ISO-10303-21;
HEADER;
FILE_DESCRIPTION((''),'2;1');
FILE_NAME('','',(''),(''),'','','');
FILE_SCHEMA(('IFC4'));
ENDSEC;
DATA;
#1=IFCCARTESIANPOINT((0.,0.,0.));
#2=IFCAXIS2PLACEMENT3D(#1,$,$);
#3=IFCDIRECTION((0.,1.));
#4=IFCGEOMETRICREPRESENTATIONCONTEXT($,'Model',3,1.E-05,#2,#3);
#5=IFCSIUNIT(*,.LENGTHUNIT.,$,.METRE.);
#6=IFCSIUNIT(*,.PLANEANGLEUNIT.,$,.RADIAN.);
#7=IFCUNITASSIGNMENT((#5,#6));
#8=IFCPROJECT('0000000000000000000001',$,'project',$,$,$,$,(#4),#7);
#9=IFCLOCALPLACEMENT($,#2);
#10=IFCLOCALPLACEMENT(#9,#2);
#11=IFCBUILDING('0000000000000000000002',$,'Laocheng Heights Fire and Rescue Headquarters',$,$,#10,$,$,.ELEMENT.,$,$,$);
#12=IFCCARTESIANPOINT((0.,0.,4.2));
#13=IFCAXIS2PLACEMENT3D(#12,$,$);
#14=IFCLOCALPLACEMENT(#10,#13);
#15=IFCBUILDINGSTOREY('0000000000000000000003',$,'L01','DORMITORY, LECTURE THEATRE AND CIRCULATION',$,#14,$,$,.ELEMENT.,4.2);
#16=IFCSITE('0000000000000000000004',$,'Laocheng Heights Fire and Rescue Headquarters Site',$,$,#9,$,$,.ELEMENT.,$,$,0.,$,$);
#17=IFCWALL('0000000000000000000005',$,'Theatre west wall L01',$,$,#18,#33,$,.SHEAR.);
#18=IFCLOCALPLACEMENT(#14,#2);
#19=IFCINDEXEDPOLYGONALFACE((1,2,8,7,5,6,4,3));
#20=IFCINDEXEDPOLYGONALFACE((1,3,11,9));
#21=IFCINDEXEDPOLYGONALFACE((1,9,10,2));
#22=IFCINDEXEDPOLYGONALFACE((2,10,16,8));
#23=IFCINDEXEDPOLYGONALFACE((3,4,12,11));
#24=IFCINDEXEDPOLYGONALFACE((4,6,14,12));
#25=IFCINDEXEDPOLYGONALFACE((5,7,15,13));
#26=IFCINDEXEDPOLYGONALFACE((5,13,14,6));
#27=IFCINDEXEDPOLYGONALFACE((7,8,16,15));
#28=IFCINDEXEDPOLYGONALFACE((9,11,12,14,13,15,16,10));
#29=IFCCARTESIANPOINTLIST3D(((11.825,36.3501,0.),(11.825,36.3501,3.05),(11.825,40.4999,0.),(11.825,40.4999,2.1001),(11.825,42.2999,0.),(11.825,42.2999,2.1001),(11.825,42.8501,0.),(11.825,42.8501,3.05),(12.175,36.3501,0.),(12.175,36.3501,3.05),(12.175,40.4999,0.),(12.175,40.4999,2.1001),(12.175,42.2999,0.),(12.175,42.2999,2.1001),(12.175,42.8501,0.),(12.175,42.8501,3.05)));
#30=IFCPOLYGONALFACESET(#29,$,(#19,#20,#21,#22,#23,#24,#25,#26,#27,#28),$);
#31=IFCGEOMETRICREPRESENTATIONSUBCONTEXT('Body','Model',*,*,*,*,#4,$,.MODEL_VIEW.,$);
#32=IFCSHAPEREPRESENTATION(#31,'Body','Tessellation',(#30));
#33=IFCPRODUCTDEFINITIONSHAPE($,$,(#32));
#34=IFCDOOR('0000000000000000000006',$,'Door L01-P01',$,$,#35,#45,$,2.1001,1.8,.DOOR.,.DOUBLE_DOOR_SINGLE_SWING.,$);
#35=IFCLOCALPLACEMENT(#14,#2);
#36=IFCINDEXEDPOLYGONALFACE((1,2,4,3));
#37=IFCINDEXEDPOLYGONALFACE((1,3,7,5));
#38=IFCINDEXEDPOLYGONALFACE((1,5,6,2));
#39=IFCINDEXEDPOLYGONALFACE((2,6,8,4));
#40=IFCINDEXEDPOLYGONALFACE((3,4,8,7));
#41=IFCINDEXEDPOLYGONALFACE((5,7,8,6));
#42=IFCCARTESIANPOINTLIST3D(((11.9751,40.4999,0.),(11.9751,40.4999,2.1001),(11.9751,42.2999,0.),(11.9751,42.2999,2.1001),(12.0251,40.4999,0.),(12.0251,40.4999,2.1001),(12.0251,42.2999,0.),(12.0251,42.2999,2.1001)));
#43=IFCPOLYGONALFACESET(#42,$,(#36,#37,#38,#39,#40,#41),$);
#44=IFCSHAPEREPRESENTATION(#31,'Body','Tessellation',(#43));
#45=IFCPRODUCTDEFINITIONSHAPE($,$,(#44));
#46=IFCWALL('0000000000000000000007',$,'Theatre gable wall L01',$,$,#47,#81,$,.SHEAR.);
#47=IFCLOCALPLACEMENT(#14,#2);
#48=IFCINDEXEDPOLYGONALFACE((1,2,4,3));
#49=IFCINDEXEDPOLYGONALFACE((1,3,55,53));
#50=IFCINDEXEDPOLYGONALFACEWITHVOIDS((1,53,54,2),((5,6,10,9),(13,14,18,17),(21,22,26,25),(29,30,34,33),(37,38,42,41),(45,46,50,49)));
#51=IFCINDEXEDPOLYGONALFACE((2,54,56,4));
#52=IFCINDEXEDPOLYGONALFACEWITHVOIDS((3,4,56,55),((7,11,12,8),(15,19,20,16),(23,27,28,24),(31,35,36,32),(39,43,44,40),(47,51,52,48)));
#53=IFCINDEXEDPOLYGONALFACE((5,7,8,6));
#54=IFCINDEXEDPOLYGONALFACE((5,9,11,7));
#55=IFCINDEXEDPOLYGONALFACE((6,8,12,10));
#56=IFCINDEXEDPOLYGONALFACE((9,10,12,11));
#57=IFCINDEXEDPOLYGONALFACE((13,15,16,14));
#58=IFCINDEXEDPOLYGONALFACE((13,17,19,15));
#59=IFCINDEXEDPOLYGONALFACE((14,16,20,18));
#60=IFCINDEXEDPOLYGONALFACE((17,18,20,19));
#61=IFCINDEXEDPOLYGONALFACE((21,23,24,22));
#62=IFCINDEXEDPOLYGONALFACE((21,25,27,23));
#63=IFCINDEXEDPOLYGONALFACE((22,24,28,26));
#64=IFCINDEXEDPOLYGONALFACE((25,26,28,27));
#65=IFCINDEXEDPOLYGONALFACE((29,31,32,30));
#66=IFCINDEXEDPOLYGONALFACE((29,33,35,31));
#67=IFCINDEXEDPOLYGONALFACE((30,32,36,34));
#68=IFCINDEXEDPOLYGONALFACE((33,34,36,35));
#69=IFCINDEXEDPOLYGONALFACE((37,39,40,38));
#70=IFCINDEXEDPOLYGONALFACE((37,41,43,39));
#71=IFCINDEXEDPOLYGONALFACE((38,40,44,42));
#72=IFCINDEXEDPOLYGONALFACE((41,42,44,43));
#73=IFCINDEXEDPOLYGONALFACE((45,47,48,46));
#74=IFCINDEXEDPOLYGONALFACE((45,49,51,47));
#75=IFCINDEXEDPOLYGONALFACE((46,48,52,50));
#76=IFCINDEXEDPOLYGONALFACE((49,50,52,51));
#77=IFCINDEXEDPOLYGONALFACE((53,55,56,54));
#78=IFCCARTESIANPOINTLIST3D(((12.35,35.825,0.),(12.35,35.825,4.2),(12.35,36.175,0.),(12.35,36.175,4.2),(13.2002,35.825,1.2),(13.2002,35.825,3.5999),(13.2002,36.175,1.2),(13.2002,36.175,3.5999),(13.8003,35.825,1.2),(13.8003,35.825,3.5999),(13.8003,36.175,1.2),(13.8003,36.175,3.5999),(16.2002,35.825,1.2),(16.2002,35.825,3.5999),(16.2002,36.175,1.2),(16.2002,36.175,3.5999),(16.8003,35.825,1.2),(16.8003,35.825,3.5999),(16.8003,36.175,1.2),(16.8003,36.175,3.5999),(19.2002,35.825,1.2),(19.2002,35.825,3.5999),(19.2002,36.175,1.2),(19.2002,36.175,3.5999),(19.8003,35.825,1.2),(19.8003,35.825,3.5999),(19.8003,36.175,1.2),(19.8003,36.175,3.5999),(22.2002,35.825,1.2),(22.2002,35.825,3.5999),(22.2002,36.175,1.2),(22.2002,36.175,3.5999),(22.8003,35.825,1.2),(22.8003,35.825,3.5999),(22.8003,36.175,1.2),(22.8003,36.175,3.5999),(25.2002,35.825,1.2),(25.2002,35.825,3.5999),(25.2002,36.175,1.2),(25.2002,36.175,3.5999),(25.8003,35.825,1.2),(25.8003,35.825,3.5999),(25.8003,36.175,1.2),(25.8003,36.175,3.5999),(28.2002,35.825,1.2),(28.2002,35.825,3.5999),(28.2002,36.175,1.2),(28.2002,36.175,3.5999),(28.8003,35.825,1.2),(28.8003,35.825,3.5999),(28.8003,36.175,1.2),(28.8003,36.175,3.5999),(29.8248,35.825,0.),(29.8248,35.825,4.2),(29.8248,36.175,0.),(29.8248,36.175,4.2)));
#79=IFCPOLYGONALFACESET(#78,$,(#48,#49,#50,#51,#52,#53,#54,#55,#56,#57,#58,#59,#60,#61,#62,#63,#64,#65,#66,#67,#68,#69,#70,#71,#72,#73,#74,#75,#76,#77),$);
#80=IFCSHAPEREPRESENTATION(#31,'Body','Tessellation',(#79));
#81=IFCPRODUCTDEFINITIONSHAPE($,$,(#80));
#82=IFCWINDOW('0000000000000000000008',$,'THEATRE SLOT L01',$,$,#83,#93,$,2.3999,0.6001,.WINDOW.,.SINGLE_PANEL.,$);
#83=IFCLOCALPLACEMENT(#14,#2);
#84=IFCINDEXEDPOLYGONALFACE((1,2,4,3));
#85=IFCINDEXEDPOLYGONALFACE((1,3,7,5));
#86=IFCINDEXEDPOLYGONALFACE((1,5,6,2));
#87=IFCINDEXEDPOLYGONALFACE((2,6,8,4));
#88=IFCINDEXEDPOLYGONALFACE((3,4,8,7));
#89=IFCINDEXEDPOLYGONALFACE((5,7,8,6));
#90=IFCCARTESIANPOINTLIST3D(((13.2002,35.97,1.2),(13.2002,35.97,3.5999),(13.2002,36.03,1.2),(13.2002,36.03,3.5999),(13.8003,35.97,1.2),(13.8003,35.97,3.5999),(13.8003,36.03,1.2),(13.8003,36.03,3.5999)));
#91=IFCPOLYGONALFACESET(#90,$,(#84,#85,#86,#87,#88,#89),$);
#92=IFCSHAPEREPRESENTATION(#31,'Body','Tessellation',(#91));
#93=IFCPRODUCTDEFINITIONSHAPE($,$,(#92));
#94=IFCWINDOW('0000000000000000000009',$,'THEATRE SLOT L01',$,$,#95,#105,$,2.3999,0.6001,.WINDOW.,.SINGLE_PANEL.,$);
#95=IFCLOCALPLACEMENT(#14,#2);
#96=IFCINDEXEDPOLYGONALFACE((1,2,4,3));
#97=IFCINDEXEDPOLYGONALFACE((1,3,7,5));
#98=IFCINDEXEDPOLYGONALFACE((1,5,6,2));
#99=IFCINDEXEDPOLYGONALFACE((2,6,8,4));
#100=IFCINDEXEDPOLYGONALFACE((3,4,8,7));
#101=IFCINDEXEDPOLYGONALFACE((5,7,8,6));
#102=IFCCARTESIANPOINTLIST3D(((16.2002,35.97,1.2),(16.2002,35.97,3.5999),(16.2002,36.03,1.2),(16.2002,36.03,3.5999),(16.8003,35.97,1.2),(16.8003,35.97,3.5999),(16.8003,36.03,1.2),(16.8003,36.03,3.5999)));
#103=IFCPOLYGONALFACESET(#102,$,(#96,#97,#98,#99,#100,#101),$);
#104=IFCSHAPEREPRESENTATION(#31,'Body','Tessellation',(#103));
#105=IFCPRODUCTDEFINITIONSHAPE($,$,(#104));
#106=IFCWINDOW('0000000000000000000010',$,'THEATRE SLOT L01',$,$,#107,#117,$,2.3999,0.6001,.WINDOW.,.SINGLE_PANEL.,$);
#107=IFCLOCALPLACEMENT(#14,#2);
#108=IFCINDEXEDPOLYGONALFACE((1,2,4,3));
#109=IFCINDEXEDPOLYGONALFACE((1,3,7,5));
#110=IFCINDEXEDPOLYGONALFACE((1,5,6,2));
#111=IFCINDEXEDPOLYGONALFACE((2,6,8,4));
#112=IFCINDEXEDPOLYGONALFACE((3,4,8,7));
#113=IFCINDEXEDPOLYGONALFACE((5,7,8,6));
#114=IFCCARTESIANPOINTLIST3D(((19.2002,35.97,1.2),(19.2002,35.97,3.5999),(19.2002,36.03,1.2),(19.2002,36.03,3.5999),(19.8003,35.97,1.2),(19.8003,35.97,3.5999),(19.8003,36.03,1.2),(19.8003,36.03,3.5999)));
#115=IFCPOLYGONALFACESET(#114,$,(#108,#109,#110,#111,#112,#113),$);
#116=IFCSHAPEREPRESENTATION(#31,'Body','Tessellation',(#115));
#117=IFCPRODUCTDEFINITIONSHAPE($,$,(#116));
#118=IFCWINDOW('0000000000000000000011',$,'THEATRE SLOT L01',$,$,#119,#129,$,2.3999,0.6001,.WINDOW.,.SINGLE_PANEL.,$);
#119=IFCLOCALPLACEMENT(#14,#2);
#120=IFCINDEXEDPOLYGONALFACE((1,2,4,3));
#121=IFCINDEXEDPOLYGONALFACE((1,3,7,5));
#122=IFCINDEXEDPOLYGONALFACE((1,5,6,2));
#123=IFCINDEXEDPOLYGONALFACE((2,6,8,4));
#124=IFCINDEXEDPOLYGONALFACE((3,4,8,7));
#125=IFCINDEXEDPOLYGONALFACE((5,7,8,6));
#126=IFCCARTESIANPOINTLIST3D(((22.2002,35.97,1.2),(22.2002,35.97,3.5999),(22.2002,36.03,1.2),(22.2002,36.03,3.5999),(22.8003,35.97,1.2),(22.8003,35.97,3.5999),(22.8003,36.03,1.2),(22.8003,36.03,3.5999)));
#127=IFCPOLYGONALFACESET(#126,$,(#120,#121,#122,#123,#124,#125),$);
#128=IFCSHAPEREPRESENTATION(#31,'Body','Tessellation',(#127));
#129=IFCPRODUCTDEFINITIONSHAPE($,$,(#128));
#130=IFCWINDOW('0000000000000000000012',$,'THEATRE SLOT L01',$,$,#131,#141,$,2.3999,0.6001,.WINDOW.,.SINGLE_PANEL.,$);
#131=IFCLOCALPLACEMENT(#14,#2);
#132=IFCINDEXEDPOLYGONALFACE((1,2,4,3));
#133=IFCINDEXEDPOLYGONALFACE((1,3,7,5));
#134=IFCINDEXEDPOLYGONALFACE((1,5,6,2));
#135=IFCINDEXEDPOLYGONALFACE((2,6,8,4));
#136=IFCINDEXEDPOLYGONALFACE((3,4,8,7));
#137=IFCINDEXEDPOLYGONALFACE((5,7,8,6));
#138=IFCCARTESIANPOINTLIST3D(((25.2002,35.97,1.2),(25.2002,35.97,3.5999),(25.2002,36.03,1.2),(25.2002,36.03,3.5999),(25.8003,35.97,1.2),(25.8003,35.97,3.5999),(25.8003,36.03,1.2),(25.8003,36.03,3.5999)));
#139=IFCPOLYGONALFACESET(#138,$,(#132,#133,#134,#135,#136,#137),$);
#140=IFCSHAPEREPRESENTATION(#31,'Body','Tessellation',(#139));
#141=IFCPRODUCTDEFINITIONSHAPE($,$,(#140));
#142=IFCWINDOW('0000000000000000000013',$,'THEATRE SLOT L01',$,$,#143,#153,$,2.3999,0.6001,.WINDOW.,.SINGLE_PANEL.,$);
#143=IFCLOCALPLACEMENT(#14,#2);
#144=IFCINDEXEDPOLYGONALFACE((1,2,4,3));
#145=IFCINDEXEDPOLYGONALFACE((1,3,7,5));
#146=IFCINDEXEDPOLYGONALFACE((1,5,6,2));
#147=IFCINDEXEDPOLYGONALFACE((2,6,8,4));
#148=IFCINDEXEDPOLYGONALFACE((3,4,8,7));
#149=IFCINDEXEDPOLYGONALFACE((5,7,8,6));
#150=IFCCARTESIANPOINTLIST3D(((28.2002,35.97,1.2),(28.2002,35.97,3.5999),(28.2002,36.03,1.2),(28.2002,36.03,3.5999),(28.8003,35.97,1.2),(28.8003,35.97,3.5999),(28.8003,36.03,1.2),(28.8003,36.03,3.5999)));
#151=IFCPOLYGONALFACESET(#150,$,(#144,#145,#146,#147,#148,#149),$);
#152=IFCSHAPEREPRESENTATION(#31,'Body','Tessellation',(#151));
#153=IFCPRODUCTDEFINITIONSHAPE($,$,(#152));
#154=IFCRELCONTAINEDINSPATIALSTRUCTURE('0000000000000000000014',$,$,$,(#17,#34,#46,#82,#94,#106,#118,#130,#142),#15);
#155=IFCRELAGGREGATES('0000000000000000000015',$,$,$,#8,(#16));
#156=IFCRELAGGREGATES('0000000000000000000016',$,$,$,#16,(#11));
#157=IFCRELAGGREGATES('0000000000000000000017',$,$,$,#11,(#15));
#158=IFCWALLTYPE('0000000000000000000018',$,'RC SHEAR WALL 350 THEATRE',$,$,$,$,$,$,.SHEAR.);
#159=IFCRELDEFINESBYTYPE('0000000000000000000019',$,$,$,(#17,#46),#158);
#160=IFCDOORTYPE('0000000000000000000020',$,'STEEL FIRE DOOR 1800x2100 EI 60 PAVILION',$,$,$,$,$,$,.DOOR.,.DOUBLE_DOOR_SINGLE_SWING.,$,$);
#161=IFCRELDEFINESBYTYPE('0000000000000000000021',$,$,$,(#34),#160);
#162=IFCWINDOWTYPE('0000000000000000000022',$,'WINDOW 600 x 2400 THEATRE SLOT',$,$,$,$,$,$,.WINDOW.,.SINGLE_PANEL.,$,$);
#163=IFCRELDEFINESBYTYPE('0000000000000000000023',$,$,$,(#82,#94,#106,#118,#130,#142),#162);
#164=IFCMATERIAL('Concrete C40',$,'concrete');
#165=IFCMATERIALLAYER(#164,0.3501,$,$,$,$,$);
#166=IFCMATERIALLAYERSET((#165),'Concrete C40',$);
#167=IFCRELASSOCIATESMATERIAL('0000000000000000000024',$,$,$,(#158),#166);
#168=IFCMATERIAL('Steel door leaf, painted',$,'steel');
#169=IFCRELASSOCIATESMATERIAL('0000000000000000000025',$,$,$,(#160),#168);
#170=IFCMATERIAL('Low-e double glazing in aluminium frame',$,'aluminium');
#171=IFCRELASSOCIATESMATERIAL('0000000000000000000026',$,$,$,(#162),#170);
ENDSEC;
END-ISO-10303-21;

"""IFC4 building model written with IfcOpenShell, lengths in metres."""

from ifc_helpers import new_model, si_unit, direction, frame, frame_2d, origin, place, context, subcontext, project, spatial, rectangle, extrude, material, layer, layer_set, type_object, element, fill, save


model = new_model("IFC4")

# Units and contexts
model_context = context("Model", 3, precision=1e-05, world=origin(), true_north=direction((0.0, 1.0)))
body_context = subcontext(model_context, "Body", "Model", "MODEL_VIEW")
ifc_project = project(units=[si_unit("LENGTHUNIT", "METRE"), si_unit("PLANEANGLEUNIT", "RADIAN")], contexts=[model_context])

# Site, building, storey
site_placement = place(None, origin())
site = spatial("IfcSite", under=ifc_project, at=site_placement, Name="Laocheng Heights Fire and Rescue Headquarters Site", CompositionType="ELEMENT", RefElevation=0.0)
building_placement = place(site_placement, origin())
building = spatial("IfcBuilding", under=site, at=building_placement, Name="Laocheng Heights Fire and Rescue Headquarters", CompositionType="ELEMENT")
storey_placement = place(building_placement, frame((0.0, 0.0, 4.2)))
storey = spatial("IfcBuildingStorey", under=building, at=storey_placement, Name="L01", Description="DORMITORY, LECTURE THEATRE AND CIRCULATION", CompositionType="ELEMENT", Elevation=4.2)

# Wall, opening, door
ifc_material_1 = material(Name="Concrete C40", Category="concrete")
ifc_layer_1 = layer(ifc_material_1, 0.3501)
ifc_layer_set_1 = layer_set([ifc_layer_1], Name="Concrete C40")
wall_type_1 = type_object("IfcWallType", Name="RC SHEAR WALL 350 THEATRE", PredefinedType="SHEAR", material=ifc_layer_set_1)
wall_1_placement = place(storey_placement, frame((12.0, 36.3501, 0.0), z_axis=(0.0, 0.0, 1.0), x_axis=(0.0, 1.0, 0.0)))
wall_1 = element("IfcWall", 1, at=wall_1_placement, inside=storey, type_object=wall_type_1, Name="Theatre west wall L01", PredefinedType="SHEAR", context=body_context, shape_type="SweptSolid", body=[
    extrude(rectangle(XDim=6.5, YDim=0.3501, at=frame_2d((3.25, 0.0))), origin(), (0.0, 0.0, 1.0), 3.05),
])
opening_1_placement = place(wall_1_placement, frame((4.1499, 0.0, 0.0)))
opening_1 = element("IfcOpeningElement", 2, at=opening_1_placement, cuts=wall_1, PredefinedType="OPENING", context=body_context, shape_type="SweptSolid", body=[
    extrude(rectangle(XDim=1.8, YDim=2.1001, at=frame_2d((0.8999, 1.05))), frame((0.0, 0.1851, 0.0), z_axis=(0.0, -1.0, 0.0), x_axis=(1.0, 0.0, 0.0)), (0.0, 0.0, 1.0), 0.3701),
])
ifc_material_2 = material(Name="Steel door leaf, painted", Category="steel")
door_type_1 = type_object("IfcDoorType", Name="STEEL FIRE DOOR 1800x2100 EI 60 PAVILION", OperationType="DOUBLE_DOOR_SINGLE_SWING", PredefinedType="DOOR", material=ifc_material_2)
door_1_placement = place(opening_1_placement, origin())
door_1 = element("IfcDoor", 3, at=door_1_placement, inside=storey, type_object=door_type_1, Name="Door L01-P01", OperationType="DOUBLE_DOOR_SINGLE_SWING", OverallHeight=2.1001, OverallWidth=1.8, PredefinedType="DOOR", context=body_context, shape_type="SweptSolid", body=[
    extrude(rectangle(XDim=1.8, YDim=2.1001, at=frame_2d((0.8999, 1.05))), frame((0.0, 0.0249, 0.0), z_axis=(0.0, -1.0, 0.0), x_axis=(1.0, 0.0, 0.0)), (0.0, 0.0, 1.0), 0.05),
])
fill(opening_1, door_1)

# Wall, openings, windows
wall_2_placement = place(storey_placement, frame((12.3501, 36.0, 0.0), z_axis=(0.0, 0.0, 1.0), x_axis=(1.0, 0.0, 0.0)))
wall_2 = element("IfcWall", 4, at=wall_2_placement, inside=storey, type_object=wall_type_1, Name="Theatre gable wall L01", PredefinedType="SHEAR", context=body_context, shape_type="SweptSolid", body=[
    extrude(rectangle(XDim=17.4749, YDim=0.3501, at=frame_2d((8.7373, 0.0))), origin(), (0.0, 0.0, 1.0), 4.2),
])
opening_2_placement = place(wall_2_placement, frame((0.8501, 0.0, 1.2)))
opening_2 = element("IfcOpeningElement", 5, at=opening_2_placement, cuts=wall_2, PredefinedType="OPENING", context=body_context, shape_type="SweptSolid", body=[
    extrude(rectangle(XDim=0.6001, YDim=2.3999, at=frame_2d((0.3, 1.2))), frame((0.0, 0.1851, 0.0), z_axis=(0.0, -1.0, 0.0), x_axis=(1.0, 0.0, 0.0)), (0.0, 0.0, 1.0), 0.3701),
])
opening_3_placement = place(wall_2_placement, frame((3.8501, 0.0, 1.2)))
opening_3 = element("IfcOpeningElement", 6, at=opening_3_placement, cuts=wall_2, PredefinedType="OPENING", context=body_context, shape_type="SweptSolid", body=[
    extrude(rectangle(XDim=0.6001, YDim=2.3999, at=frame_2d((0.3, 1.2))), frame((0.0, 0.1851, 0.0), z_axis=(0.0, -1.0, 0.0), x_axis=(1.0, 0.0, 0.0)), (0.0, 0.0, 1.0), 0.3701),
])
opening_4_placement = place(wall_2_placement, frame((6.8501, 0.0, 1.2)))
opening_4 = element("IfcOpeningElement", 7, at=opening_4_placement, cuts=wall_2, PredefinedType="OPENING", context=body_context, shape_type="SweptSolid", body=[
    extrude(rectangle(XDim=0.6001, YDim=2.3999, at=frame_2d((0.3, 1.2))), frame((0.0, 0.1851, 0.0), z_axis=(0.0, -1.0, 0.0), x_axis=(1.0, 0.0, 0.0)), (0.0, 0.0, 1.0), 0.3701),
])
opening_5_placement = place(wall_2_placement, frame((9.8501, 0.0, 1.2)))
opening_5 = element("IfcOpeningElement", 8, at=opening_5_placement, cuts=wall_2, PredefinedType="OPENING", context=body_context, shape_type="SweptSolid", body=[
    extrude(rectangle(XDim=0.6001, YDim=2.3999, at=frame_2d((0.3, 1.2))), frame((0.0, 0.1851, 0.0), z_axis=(0.0, -1.0, 0.0), x_axis=(1.0, 0.0, 0.0)), (0.0, 0.0, 1.0), 0.3701),
])
opening_6_placement = place(wall_2_placement, frame((12.8501, 0.0, 1.2)))
opening_6 = element("IfcOpeningElement", 9, at=opening_6_placement, cuts=wall_2, PredefinedType="OPENING", context=body_context, shape_type="SweptSolid", body=[
    extrude(rectangle(XDim=0.6001, YDim=2.3999, at=frame_2d((0.3, 1.2))), frame((0.0, 0.1851, 0.0), z_axis=(0.0, -1.0, 0.0), x_axis=(1.0, 0.0, 0.0)), (0.0, 0.0, 1.0), 0.3701),
])
opening_7_placement = place(wall_2_placement, frame((15.8501, 0.0, 1.2)))
opening_7 = element("IfcOpeningElement", 10, at=opening_7_placement, cuts=wall_2, PredefinedType="OPENING", context=body_context, shape_type="SweptSolid", body=[
    extrude(rectangle(XDim=0.6001, YDim=2.3999, at=frame_2d((0.3, 1.2))), frame((0.0, 0.1851, 0.0), z_axis=(0.0, -1.0, 0.0), x_axis=(1.0, 0.0, 0.0)), (0.0, 0.0, 1.0), 0.3701),
])
ifc_material_3 = material(Name="Low-e double glazing in aluminium frame", Category="aluminium")
window_type = type_object("IfcWindowType", Name="WINDOW 600 x 2400 THEATRE SLOT", PartitioningType="SINGLE_PANEL", PredefinedType="WINDOW", material=ifc_material_3)
window_1_placement = place(opening_2_placement, origin())
window_1 = element("IfcWindow", 11, at=window_1_placement, inside=storey, type_object=window_type, Name="THEATRE SLOT L01", OverallHeight=2.3999, OverallWidth=0.6001, PartitioningType="SINGLE_PANEL", PredefinedType="WINDOW", context=body_context, shape_type="SweptSolid", body=[
    extrude(rectangle(XDim=0.6001, YDim=2.3999, at=frame_2d((0.3, 1.2))), frame((0.0, 0.03, 0.0), z_axis=(0.0, -1.0, 0.0), x_axis=(1.0, 0.0, 0.0)), (0.0, 0.0, 1.0), 0.0601),
])
fill(opening_2, window_1)
window_2_placement = place(opening_3_placement, origin())
window_2 = element("IfcWindow", 12, at=window_2_placement, inside=storey, type_object=window_type, Name="THEATRE SLOT L01", OverallHeight=2.3999, OverallWidth=0.6001, PartitioningType="SINGLE_PANEL", PredefinedType="WINDOW", context=body_context, shape_type="SweptSolid", body=[
    extrude(rectangle(XDim=0.6001, YDim=2.3999, at=frame_2d((0.3, 1.2))), frame((0.0, 0.03, 0.0), z_axis=(0.0, -1.0, 0.0), x_axis=(1.0, 0.0, 0.0)), (0.0, 0.0, 1.0), 0.0601),
])
fill(opening_3, window_2)
window_3_placement = place(opening_4_placement, origin())
window_3 = element("IfcWindow", 13, at=window_3_placement, inside=storey, type_object=window_type, Name="THEATRE SLOT L01", OverallHeight=2.3999, OverallWidth=0.6001, PartitioningType="SINGLE_PANEL", PredefinedType="WINDOW", context=body_context, shape_type="SweptSolid", body=[
    extrude(rectangle(XDim=0.6001, YDim=2.3999, at=frame_2d((0.3, 1.2))), frame((0.0, 0.03, 0.0), z_axis=(0.0, -1.0, 0.0), x_axis=(1.0, 0.0, 0.0)), (0.0, 0.0, 1.0), 0.0601),
])
fill(opening_4, window_3)
window_4_placement = place(opening_5_placement, origin())
window_4 = element("IfcWindow", 14, at=window_4_placement, inside=storey, type_object=window_type, Name="THEATRE SLOT L01", OverallHeight=2.3999, OverallWidth=0.6001, PartitioningType="SINGLE_PANEL", PredefinedType="WINDOW", context=body_context, shape_type="SweptSolid", body=[
    extrude(rectangle(XDim=0.6001, YDim=2.3999, at=frame_2d((0.3, 1.2))), frame((0.0, 0.03, 0.0), z_axis=(0.0, -1.0, 0.0), x_axis=(1.0, 0.0, 0.0)), (0.0, 0.0, 1.0), 0.0601),
])
fill(opening_5, window_4)
window_5_placement = place(opening_6_placement, origin())
window_5 = element("IfcWindow", 15, at=window_5_placement, inside=storey, type_object=window_type, Name="THEATRE SLOT L01", OverallHeight=2.3999, OverallWidth=0.6001, PartitioningType="SINGLE_PANEL", PredefinedType="WINDOW", context=body_context, shape_type="SweptSolid", body=[
    extrude(rectangle(XDim=0.6001, YDim=2.3999, at=frame_2d((0.3, 1.2))), frame((0.0, 0.03, 0.0), z_axis=(0.0, -1.0, 0.0), x_axis=(1.0, 0.0, 0.0)), (0.0, 0.0, 1.0), 0.0601),
])
fill(opening_6, window_5)
window_6_placement = place(opening_7_placement, origin())
window_6 = element("IfcWindow", 16, at=window_6_placement, inside=storey, type_object=window_type, Name="THEATRE SLOT L01", OverallHeight=2.3999, OverallWidth=0.6001, PartitioningType="SINGLE_PANEL", PredefinedType="WINDOW", context=body_context, shape_type="SweptSolid", body=[
    extrude(rectangle(XDim=0.6001, YDim=2.3999, at=frame_2d((0.3, 1.2))), frame((0.0, 0.03, 0.0), z_axis=(0.0, -1.0, 0.0), x_axis=(1.0, 0.0, 0.0)), (0.0, 0.0, 1.0), 0.0601),
])
fill(opening_7, window_6)

save(model, "model.ifc")
